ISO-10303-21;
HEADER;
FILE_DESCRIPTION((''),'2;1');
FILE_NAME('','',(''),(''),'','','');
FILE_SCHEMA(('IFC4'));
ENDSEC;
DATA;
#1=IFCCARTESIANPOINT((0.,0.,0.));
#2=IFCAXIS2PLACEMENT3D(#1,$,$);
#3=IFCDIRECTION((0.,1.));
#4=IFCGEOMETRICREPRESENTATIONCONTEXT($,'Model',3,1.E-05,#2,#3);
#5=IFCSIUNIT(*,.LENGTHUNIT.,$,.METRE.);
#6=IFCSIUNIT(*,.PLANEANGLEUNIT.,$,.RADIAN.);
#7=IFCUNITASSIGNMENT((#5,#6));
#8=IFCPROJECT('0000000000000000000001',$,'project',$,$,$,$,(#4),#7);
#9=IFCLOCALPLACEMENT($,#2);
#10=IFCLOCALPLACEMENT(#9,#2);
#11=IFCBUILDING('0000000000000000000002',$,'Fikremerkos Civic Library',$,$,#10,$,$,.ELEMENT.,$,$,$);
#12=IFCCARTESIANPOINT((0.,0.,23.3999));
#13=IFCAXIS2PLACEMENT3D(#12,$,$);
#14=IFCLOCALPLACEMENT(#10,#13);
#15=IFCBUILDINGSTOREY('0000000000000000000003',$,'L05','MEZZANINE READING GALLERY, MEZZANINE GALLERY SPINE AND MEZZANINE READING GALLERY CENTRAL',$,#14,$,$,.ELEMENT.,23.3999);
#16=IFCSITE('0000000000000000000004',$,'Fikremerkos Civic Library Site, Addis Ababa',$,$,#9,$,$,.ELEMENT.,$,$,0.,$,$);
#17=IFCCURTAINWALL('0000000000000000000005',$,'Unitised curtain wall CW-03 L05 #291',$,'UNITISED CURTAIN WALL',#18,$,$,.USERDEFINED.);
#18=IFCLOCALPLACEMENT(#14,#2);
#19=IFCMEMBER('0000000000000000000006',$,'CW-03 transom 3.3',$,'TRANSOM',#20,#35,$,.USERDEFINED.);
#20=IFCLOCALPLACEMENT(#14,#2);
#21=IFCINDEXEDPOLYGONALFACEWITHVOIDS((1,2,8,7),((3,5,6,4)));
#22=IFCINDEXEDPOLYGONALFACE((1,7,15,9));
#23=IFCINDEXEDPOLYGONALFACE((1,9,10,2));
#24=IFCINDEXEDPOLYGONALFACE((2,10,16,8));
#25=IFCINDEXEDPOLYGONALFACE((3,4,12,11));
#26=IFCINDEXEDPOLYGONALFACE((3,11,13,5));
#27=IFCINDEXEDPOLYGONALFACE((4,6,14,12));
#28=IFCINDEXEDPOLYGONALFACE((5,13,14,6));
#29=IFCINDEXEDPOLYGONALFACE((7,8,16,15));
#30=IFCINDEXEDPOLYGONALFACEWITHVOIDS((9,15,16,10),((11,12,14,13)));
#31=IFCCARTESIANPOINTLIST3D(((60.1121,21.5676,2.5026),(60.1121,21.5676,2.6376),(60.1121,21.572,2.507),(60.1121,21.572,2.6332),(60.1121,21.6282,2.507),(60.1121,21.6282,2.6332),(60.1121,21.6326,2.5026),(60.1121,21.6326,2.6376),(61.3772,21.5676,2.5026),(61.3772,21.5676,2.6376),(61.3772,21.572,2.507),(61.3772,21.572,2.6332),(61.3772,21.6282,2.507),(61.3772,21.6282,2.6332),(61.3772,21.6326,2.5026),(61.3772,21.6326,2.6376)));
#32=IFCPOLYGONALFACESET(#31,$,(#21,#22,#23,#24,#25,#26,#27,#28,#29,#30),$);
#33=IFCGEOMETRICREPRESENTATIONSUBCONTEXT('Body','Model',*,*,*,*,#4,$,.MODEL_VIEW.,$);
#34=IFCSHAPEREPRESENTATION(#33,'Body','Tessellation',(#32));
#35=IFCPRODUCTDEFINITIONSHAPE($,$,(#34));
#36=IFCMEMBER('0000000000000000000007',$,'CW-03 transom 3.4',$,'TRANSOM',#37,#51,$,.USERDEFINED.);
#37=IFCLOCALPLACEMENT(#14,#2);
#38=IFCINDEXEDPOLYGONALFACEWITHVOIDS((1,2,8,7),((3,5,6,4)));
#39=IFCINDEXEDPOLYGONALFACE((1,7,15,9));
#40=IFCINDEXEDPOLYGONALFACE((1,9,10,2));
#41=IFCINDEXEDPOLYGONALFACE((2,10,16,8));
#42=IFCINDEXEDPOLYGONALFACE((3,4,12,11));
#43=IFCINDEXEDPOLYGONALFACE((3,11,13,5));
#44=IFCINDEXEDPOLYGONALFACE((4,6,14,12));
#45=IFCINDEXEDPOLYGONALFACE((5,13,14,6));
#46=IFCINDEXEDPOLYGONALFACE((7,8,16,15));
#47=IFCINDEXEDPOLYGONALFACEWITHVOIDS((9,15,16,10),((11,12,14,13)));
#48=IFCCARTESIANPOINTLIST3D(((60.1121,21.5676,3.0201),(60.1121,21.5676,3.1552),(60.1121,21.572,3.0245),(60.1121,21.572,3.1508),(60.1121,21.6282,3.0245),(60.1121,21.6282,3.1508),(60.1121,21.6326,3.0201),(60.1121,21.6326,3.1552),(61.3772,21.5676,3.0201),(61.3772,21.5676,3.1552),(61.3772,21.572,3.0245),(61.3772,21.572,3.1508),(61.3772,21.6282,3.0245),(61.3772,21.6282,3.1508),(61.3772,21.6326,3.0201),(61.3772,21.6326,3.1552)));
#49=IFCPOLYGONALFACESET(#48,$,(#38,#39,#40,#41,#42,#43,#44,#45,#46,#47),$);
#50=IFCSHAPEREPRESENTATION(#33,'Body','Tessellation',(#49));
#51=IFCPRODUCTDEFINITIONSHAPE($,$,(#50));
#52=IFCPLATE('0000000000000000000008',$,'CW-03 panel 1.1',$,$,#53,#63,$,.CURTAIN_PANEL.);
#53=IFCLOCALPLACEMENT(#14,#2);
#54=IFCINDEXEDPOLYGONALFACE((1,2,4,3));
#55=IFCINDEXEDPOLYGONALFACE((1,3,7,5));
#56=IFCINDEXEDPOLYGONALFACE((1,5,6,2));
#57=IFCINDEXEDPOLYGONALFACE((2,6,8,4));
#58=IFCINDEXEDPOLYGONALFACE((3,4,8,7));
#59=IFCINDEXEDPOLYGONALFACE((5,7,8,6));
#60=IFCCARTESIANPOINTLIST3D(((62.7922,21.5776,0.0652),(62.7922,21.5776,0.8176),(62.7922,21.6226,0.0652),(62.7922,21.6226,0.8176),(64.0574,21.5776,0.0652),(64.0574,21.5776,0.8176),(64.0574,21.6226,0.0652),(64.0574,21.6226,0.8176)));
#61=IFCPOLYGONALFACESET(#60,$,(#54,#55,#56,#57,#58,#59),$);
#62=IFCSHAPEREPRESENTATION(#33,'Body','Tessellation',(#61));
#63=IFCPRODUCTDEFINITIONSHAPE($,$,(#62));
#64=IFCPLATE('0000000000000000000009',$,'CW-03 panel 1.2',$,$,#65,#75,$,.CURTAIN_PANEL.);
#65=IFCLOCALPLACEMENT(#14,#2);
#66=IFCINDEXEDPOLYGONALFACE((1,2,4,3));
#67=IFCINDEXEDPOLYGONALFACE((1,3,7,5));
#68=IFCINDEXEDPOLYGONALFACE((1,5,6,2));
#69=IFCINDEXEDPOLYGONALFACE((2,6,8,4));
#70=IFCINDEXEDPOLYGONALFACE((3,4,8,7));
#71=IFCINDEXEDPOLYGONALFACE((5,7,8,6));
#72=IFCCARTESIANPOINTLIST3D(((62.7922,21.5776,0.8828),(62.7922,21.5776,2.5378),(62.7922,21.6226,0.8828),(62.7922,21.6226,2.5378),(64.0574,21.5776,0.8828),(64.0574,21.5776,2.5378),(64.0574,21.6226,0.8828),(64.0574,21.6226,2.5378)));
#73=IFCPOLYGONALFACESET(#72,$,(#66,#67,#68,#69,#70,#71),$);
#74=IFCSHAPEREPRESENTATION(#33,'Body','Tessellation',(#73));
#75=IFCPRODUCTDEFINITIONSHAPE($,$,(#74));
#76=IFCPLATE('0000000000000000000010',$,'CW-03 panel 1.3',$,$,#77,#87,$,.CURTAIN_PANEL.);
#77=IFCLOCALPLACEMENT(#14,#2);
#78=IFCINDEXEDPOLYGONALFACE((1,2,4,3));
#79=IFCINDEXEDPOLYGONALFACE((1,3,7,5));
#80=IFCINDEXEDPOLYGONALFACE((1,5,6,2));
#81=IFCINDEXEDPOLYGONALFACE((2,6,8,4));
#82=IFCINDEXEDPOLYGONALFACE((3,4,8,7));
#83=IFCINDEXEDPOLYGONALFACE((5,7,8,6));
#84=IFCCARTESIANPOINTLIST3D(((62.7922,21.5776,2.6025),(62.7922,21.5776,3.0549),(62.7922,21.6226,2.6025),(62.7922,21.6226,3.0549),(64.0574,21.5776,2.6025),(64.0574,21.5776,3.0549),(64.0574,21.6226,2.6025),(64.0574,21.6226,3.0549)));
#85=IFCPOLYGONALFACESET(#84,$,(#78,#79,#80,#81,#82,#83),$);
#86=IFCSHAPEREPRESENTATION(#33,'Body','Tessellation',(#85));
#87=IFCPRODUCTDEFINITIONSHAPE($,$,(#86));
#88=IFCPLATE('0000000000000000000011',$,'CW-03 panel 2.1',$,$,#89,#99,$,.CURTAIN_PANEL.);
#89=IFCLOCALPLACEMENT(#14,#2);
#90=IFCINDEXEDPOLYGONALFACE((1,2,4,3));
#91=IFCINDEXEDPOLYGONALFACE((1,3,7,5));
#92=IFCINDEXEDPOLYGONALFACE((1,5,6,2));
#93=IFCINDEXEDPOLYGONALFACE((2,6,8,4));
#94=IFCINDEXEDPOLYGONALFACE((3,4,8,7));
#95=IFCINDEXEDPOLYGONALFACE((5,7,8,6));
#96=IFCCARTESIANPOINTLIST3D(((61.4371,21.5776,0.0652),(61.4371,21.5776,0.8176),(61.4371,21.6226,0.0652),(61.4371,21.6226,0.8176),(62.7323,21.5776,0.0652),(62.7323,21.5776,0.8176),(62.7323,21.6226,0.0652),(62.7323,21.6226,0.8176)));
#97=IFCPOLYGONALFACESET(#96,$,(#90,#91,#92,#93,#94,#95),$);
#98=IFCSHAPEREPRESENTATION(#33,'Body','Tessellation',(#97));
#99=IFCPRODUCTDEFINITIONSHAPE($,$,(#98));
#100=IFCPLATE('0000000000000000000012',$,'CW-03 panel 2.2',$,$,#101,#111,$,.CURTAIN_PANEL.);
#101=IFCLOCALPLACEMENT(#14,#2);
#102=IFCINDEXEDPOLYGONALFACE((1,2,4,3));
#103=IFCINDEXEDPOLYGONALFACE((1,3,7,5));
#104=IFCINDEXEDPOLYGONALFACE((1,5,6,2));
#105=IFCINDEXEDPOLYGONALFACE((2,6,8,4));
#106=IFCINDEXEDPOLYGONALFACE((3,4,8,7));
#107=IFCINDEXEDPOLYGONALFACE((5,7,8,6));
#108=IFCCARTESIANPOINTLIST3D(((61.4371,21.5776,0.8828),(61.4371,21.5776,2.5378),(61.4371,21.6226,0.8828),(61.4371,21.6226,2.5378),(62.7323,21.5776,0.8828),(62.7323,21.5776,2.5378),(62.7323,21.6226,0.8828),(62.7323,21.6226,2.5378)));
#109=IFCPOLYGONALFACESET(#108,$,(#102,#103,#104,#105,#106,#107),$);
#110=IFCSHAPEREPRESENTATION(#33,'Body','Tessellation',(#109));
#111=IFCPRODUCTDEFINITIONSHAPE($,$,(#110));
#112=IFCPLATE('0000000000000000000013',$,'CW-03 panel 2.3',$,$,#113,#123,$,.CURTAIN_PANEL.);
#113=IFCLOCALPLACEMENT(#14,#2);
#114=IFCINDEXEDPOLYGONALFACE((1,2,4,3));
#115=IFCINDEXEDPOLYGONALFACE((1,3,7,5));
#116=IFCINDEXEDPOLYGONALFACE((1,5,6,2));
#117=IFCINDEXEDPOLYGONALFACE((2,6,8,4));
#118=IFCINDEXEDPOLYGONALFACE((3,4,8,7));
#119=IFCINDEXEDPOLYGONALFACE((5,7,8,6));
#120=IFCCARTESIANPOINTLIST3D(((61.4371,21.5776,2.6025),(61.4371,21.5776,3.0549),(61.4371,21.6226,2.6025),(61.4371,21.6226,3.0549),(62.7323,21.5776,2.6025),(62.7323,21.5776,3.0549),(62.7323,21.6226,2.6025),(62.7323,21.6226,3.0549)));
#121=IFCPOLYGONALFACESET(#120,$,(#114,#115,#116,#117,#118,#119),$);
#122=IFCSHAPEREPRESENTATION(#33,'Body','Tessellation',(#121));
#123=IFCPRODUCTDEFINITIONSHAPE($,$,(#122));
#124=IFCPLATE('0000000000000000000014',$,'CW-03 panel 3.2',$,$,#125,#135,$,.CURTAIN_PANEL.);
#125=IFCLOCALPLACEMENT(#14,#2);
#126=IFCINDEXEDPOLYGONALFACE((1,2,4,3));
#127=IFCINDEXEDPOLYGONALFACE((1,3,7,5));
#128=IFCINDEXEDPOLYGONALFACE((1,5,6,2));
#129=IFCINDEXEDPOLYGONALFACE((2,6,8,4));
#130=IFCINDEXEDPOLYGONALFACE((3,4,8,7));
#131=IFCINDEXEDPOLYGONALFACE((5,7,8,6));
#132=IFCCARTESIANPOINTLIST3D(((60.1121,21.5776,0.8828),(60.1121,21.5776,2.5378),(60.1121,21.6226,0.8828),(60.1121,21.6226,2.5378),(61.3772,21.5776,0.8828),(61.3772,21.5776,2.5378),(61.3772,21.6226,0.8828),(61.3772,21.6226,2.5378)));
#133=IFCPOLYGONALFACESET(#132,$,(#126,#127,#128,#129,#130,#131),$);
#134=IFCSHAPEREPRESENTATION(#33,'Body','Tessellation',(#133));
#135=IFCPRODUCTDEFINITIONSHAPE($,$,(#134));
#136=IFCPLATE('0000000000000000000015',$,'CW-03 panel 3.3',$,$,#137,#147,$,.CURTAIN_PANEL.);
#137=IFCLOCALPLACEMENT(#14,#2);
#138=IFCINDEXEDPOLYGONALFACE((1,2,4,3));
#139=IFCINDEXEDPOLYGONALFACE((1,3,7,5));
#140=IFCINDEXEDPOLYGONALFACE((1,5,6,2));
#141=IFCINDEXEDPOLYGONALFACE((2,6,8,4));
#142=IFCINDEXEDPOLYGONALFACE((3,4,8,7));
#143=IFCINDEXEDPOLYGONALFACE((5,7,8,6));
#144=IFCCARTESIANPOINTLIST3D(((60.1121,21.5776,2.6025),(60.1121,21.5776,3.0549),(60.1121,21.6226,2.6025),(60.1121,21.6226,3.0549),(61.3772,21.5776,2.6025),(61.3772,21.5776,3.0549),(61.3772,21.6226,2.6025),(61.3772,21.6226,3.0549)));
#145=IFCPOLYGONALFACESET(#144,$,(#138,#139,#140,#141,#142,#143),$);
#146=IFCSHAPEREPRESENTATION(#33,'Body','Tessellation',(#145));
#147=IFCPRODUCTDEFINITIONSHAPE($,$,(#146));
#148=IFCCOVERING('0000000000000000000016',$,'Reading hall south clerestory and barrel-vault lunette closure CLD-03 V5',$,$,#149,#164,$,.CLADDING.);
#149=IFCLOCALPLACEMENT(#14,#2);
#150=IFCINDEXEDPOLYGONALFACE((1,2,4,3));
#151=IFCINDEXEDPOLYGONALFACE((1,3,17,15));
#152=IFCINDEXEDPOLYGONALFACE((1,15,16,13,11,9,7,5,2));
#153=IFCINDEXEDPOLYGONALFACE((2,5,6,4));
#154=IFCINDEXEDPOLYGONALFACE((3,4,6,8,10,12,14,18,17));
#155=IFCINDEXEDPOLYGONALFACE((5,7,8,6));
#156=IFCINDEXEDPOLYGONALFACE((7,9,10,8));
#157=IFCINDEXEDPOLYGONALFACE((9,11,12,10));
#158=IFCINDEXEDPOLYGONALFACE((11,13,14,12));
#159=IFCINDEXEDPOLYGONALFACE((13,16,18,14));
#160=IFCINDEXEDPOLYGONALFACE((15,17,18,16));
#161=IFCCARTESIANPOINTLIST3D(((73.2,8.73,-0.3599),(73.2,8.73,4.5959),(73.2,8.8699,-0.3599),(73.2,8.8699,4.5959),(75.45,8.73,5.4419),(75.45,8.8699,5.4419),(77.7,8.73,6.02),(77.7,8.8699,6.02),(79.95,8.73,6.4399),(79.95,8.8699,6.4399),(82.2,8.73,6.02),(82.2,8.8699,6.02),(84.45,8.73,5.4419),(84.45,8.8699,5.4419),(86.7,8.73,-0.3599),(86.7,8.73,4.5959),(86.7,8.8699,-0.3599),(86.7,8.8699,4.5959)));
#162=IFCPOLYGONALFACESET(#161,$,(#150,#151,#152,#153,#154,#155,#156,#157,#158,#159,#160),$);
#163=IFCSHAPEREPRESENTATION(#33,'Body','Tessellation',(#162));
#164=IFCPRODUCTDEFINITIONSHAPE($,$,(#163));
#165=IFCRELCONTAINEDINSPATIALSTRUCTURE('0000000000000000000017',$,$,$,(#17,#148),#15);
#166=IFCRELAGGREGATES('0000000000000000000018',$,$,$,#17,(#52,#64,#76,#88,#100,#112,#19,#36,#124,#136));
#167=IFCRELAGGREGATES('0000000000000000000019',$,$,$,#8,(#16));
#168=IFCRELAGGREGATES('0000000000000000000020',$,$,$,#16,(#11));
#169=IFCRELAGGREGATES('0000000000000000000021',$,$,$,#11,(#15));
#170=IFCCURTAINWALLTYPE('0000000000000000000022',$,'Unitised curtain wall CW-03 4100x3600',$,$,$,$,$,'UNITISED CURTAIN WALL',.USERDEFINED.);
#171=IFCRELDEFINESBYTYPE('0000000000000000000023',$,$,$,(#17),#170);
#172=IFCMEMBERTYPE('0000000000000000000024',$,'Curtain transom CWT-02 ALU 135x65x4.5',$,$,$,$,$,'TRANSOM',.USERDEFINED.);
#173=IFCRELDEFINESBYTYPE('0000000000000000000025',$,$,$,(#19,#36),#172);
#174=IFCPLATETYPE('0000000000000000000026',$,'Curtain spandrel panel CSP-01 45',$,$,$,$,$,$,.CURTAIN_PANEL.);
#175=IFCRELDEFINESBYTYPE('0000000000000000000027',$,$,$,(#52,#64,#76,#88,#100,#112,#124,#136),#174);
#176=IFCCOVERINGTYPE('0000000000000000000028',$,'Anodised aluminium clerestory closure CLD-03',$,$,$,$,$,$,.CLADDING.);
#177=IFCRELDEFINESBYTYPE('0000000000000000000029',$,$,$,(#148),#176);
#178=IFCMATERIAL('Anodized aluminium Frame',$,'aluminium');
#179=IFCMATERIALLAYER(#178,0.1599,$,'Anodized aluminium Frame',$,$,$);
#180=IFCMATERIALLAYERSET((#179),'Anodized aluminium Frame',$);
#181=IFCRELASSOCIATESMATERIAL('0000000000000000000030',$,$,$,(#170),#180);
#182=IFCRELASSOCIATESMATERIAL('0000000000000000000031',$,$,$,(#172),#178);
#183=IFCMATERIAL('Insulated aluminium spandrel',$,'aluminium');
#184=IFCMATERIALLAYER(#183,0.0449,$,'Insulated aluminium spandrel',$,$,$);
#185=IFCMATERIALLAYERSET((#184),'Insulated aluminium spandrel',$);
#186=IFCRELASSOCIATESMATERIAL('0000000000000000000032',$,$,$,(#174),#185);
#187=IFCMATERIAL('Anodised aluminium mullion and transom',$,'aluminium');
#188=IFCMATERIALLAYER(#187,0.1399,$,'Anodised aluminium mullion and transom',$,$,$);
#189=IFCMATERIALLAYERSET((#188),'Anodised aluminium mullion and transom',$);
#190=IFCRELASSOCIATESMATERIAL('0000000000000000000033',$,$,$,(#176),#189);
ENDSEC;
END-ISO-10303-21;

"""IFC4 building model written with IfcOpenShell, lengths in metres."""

from ifc_helpers import new_model, si_unit, direction, frame, origin, origin_2d, place, context, subcontext, project, spatial, polyline, rectangle, hollow_rectangle, outline, extrude, material, layer, layer_set, material_profile, profile_set, type_object, element, aggregate, save


model = new_model("IFC4")

# Units and contexts
model_context = context("Model", 3, precision=1e-05, world=origin(), true_north=direction((0.0, 1.0)))
body_context = subcontext(model_context, "Body", "Model", "MODEL_VIEW")
ifc_project = project(units=[si_unit("LENGTHUNIT", "METRE"), si_unit("PLANEANGLEUNIT", "RADIAN")], contexts=[model_context])

# Site, building, storey
site_placement = place(None, origin())
site = spatial("IfcSite", under=ifc_project, at=site_placement, Name="Fikremerkos Civic Library Site, Addis Ababa", CompositionType="ELEMENT", RefElevation=0.0)
building_placement = place(site_placement, origin())
building = spatial("IfcBuilding", under=site, at=building_placement, Name="Fikremerkos Civic Library", CompositionType="ELEMENT")
storey_placement = place(building_placement, frame((0.0, 0.0, 23.3999)))
storey = spatial("IfcBuildingStorey", under=building, at=storey_placement, Name="L05", Description="MEZZANINE READING GALLERY, MEZZANINE GALLERY SPINE AND MEZZANINE READING GALLERY CENTRAL", CompositionType="ELEMENT", Elevation=23.3999)

# Curtain wall, members, plates
ifc_material_1 = material(Name="Anodized aluminium Frame", Category="aluminium")
ifc_layer_1 = layer(ifc_material_1, 0.1599, Name="Anodized aluminium Frame")
ifc_layer_set_1 = layer_set([ifc_layer_1], Name="Anodized aluminium Frame")
curtain_wall_type = type_object("IfcCurtainWallType", Name="Unitised curtain wall CW-03 4100x3600", ElementType="UNITISED CURTAIN WALL", PredefinedType="USERDEFINED", material=ifc_layer_set_1)
curtain_wall_placement = place(storey_placement, origin())
curtain_wall = element("IfcCurtainWall", 1, at=curtain_wall_placement, inside=storey, type_object=curtain_wall_type, Name="Unitised curtain wall CW-03 L05 #291", ObjectType="UNITISED CURTAIN WALL", PredefinedType="USERDEFINED")
ifc_material_profile_1 = material_profile(ifc_material_1, hollow_rectangle(XDim=0.0649, YDim=0.135, WallThickness=0.0044, at=origin_2d()), Name="ALU 135x65x4.5")
ifc_profile_set_1 = profile_set([ifc_material_profile_1], Name="Anodized aluminium Frame")
member_type_1 = type_object("IfcMemberType", Name="Curtain transom CWT-02 ALU 135x65x4.5", ElementType="TRANSOM", PredefinedType="USERDEFINED", material=ifc_profile_set_1)
member_1_placement = place(storey_placement, frame((61.3772, 21.6001, 2.5701), z_axis=(-1.0, 0.0, 0.0), x_axis=(0.0, -1.0, 0.0)))
member_1 = element("IfcMember", 2, at=member_1_placement, type_object=member_type_1, Name="CW-03 transom 3.3", ObjectType="TRANSOM", PredefinedType="USERDEFINED", context=body_context, shape_type="SweptSolid", body=[
    extrude(hollow_rectangle(XDim=0.0649, YDim=0.135, WallThickness=0.0044, at=origin_2d()), origin(), (0.0, 0.0, 1.0), 1.2651),
])
member_2_placement = place(storey_placement, frame((61.3772, 21.6001, 3.0876), z_axis=(-1.0, 0.0, 0.0), x_axis=(0.0, -1.0, 0.0)))
member_2 = element("IfcMember", 3, at=member_2_placement, type_object=member_type_1, Name="CW-03 transom 3.4", ObjectType="TRANSOM", PredefinedType="USERDEFINED", context=body_context, shape_type="SweptSolid", body=[
    extrude(hollow_rectangle(XDim=0.0649, YDim=0.135, WallThickness=0.0044, at=origin_2d()), origin(), (0.0, 0.0, 1.0), 1.2651),
])
ifc_material_2 = material(Name="Insulated aluminium spandrel", Category="aluminium")
ifc_layer_2 = layer(ifc_material_2, 0.0449, Name="Insulated aluminium spandrel")
ifc_layer_set_2 = layer_set([ifc_layer_2], Name="Insulated aluminium spandrel")
plate_type = type_object("IfcPlateType", Name="Curtain spandrel panel CSP-01 45", PredefinedType="CURTAIN_PANEL", material=ifc_layer_set_2)
plate_1_placement = place(storey_placement, frame((63.4248, 21.6001, 0.0652), z_axis=(0.0, 0.0, 1.0), x_axis=(-1.0, 0.0, 0.0)))
plate_1 = element("IfcPlate", 4, at=plate_1_placement, type_object=plate_type, Name="CW-03 panel 1.1", PredefinedType="CURTAIN_PANEL", context=body_context, shape_type="SweptSolid", body=[
    extrude(rectangle(XDim=1.2651, YDim=0.0449, at=origin_2d()), origin(), (0.0, 0.0, 1.0), 0.7524),
])
plate_2_placement = place(storey_placement, frame((63.4248, 21.6001, 0.8828), z_axis=(0.0, 0.0, 1.0), x_axis=(-1.0, 0.0, 0.0)))
plate_2 = element("IfcPlate", 5, at=plate_2_placement, type_object=plate_type, Name="CW-03 panel 1.2", PredefinedType="CURTAIN_PANEL", context=body_context, shape_type="SweptSolid", body=[
    extrude(rectangle(XDim=1.2651, YDim=0.0449, at=origin_2d()), origin(), (0.0, 0.0, 1.0), 1.655),
])
plate_3_placement = place(storey_placement, frame((63.4248, 21.6001, 2.6025), z_axis=(0.0, 0.0, 1.0), x_axis=(-1.0, 0.0, 0.0)))
plate_3 = element("IfcPlate", 6, at=plate_3_placement, type_object=plate_type, Name="CW-03 panel 1.3", PredefinedType="CURTAIN_PANEL", context=body_context, shape_type="SweptSolid", body=[
    extrude(rectangle(XDim=1.2651, YDim=0.0449, at=origin_2d()), origin(), (0.0, 0.0, 1.0), 0.4524),
])
plate_4_placement = place(storey_placement, frame((62.0847, 21.6001, 0.0652), z_axis=(0.0, 0.0, 1.0), x_axis=(-1.0, 0.0, 0.0)))
plate_4 = element("IfcPlate", 7, at=plate_4_placement, type_object=plate_type, Name="CW-03 panel 2.1", PredefinedType="CURTAIN_PANEL", context=body_context, shape_type="SweptSolid", body=[
    extrude(rectangle(XDim=1.2952, YDim=0.0449, at=origin_2d()), origin(), (0.0, 0.0, 1.0), 0.7524),
])
plate_5_placement = place(storey_placement, frame((62.0847, 21.6001, 0.8828), z_axis=(0.0, 0.0, 1.0), x_axis=(-1.0, 0.0, 0.0)))
plate_5 = element("IfcPlate", 8, at=plate_5_placement, type_object=plate_type, Name="CW-03 panel 2.2", PredefinedType="CURTAIN_PANEL", context=body_context, shape_type="SweptSolid", body=[
    extrude(rectangle(XDim=1.2952, YDim=0.0449, at=origin_2d()), origin(), (0.0, 0.0, 1.0), 1.655),
])
plate_6_placement = place(storey_placement, frame((62.0847, 21.6001, 2.6025), z_axis=(0.0, 0.0, 1.0), x_axis=(-1.0, 0.0, 0.0)))
plate_6 = element("IfcPlate", 9, at=plate_6_placement, type_object=plate_type, Name="CW-03 panel 2.3", PredefinedType="CURTAIN_PANEL", context=body_context, shape_type="SweptSolid", body=[
    extrude(rectangle(XDim=1.2952, YDim=0.0449, at=origin_2d()), origin(), (0.0, 0.0, 1.0), 0.4524),
])
plate_7_placement = place(storey_placement, frame((60.7446, 21.6001, 0.8828), z_axis=(0.0, 0.0, 1.0), x_axis=(-1.0, 0.0, 0.0)))
plate_7 = element("IfcPlate", 10, at=plate_7_placement, type_object=plate_type, Name="CW-03 panel 3.2", PredefinedType="CURTAIN_PANEL", context=body_context, shape_type="SweptSolid", body=[
    extrude(rectangle(XDim=1.2651, YDim=0.0449, at=origin_2d()), origin(), (0.0, 0.0, 1.0), 1.655),
])
plate_8_placement = place(storey_placement, frame((60.7446, 21.6001, 2.6025), z_axis=(0.0, 0.0, 1.0), x_axis=(-1.0, 0.0, 0.0)))
plate_8 = element("IfcPlate", 11, at=plate_8_placement, type_object=plate_type, Name="CW-03 panel 3.3", PredefinedType="CURTAIN_PANEL", context=body_context, shape_type="SweptSolid", body=[
    extrude(rectangle(XDim=1.2651, YDim=0.0449, at=origin_2d()), origin(), (0.0, 0.0, 1.0), 0.4524),
])
aggregate(curtain_wall, [plate_1, plate_2, plate_3, plate_4, plate_5, plate_6, member_1, member_2, plate_7, plate_8])

# Covering
ifc_material_3 = material(Name="Anodised aluminium mullion and transom", Category="aluminium")
ifc_layer_3 = layer(ifc_material_3, 0.1399, Name="Anodised aluminium mullion and transom")
ifc_layer_set_3 = layer_set([ifc_layer_3], Name="Anodised aluminium mullion and transom")
covering_type = type_object("IfcCoveringType", Name="Anodised aluminium clerestory closure CLD-03", PredefinedType="CLADDING", material=ifc_layer_set_3)
covering_placement = place(storey_placement, frame((73.2, 8.8, -0.3599), z_axis=(0.0, 0.0, 1.0), x_axis=(1.0, 0.0, 0.0)))
element("IfcCovering", 12, at=covering_placement, inside=storey, type_object=covering_type, Name="Reading hall south clerestory and barrel-vault lunette closure CLD-03 V5", PredefinedType="CLADDING", context=body_context, shape_type="SweptSolid", body=[
    extrude(outline(polyline([(0.0, 0.0), (13.5, 0.0), (13.5, 4.9558), (11.25, 5.8018), (9.0, 6.3799), (6.75, 6.7998), (4.5, 6.3799), (2.25, 5.8018), (0.0, 4.9558), (0.0, 0.0)])), frame((0.0, 0.0698, 0.0), z_axis=(0.0, -1.0, 0.0), x_axis=(1.0, 0.0, 0.0)), (0.0, 0.0, 1.0), 0.1399),
])

save(model, "model.ifc")
